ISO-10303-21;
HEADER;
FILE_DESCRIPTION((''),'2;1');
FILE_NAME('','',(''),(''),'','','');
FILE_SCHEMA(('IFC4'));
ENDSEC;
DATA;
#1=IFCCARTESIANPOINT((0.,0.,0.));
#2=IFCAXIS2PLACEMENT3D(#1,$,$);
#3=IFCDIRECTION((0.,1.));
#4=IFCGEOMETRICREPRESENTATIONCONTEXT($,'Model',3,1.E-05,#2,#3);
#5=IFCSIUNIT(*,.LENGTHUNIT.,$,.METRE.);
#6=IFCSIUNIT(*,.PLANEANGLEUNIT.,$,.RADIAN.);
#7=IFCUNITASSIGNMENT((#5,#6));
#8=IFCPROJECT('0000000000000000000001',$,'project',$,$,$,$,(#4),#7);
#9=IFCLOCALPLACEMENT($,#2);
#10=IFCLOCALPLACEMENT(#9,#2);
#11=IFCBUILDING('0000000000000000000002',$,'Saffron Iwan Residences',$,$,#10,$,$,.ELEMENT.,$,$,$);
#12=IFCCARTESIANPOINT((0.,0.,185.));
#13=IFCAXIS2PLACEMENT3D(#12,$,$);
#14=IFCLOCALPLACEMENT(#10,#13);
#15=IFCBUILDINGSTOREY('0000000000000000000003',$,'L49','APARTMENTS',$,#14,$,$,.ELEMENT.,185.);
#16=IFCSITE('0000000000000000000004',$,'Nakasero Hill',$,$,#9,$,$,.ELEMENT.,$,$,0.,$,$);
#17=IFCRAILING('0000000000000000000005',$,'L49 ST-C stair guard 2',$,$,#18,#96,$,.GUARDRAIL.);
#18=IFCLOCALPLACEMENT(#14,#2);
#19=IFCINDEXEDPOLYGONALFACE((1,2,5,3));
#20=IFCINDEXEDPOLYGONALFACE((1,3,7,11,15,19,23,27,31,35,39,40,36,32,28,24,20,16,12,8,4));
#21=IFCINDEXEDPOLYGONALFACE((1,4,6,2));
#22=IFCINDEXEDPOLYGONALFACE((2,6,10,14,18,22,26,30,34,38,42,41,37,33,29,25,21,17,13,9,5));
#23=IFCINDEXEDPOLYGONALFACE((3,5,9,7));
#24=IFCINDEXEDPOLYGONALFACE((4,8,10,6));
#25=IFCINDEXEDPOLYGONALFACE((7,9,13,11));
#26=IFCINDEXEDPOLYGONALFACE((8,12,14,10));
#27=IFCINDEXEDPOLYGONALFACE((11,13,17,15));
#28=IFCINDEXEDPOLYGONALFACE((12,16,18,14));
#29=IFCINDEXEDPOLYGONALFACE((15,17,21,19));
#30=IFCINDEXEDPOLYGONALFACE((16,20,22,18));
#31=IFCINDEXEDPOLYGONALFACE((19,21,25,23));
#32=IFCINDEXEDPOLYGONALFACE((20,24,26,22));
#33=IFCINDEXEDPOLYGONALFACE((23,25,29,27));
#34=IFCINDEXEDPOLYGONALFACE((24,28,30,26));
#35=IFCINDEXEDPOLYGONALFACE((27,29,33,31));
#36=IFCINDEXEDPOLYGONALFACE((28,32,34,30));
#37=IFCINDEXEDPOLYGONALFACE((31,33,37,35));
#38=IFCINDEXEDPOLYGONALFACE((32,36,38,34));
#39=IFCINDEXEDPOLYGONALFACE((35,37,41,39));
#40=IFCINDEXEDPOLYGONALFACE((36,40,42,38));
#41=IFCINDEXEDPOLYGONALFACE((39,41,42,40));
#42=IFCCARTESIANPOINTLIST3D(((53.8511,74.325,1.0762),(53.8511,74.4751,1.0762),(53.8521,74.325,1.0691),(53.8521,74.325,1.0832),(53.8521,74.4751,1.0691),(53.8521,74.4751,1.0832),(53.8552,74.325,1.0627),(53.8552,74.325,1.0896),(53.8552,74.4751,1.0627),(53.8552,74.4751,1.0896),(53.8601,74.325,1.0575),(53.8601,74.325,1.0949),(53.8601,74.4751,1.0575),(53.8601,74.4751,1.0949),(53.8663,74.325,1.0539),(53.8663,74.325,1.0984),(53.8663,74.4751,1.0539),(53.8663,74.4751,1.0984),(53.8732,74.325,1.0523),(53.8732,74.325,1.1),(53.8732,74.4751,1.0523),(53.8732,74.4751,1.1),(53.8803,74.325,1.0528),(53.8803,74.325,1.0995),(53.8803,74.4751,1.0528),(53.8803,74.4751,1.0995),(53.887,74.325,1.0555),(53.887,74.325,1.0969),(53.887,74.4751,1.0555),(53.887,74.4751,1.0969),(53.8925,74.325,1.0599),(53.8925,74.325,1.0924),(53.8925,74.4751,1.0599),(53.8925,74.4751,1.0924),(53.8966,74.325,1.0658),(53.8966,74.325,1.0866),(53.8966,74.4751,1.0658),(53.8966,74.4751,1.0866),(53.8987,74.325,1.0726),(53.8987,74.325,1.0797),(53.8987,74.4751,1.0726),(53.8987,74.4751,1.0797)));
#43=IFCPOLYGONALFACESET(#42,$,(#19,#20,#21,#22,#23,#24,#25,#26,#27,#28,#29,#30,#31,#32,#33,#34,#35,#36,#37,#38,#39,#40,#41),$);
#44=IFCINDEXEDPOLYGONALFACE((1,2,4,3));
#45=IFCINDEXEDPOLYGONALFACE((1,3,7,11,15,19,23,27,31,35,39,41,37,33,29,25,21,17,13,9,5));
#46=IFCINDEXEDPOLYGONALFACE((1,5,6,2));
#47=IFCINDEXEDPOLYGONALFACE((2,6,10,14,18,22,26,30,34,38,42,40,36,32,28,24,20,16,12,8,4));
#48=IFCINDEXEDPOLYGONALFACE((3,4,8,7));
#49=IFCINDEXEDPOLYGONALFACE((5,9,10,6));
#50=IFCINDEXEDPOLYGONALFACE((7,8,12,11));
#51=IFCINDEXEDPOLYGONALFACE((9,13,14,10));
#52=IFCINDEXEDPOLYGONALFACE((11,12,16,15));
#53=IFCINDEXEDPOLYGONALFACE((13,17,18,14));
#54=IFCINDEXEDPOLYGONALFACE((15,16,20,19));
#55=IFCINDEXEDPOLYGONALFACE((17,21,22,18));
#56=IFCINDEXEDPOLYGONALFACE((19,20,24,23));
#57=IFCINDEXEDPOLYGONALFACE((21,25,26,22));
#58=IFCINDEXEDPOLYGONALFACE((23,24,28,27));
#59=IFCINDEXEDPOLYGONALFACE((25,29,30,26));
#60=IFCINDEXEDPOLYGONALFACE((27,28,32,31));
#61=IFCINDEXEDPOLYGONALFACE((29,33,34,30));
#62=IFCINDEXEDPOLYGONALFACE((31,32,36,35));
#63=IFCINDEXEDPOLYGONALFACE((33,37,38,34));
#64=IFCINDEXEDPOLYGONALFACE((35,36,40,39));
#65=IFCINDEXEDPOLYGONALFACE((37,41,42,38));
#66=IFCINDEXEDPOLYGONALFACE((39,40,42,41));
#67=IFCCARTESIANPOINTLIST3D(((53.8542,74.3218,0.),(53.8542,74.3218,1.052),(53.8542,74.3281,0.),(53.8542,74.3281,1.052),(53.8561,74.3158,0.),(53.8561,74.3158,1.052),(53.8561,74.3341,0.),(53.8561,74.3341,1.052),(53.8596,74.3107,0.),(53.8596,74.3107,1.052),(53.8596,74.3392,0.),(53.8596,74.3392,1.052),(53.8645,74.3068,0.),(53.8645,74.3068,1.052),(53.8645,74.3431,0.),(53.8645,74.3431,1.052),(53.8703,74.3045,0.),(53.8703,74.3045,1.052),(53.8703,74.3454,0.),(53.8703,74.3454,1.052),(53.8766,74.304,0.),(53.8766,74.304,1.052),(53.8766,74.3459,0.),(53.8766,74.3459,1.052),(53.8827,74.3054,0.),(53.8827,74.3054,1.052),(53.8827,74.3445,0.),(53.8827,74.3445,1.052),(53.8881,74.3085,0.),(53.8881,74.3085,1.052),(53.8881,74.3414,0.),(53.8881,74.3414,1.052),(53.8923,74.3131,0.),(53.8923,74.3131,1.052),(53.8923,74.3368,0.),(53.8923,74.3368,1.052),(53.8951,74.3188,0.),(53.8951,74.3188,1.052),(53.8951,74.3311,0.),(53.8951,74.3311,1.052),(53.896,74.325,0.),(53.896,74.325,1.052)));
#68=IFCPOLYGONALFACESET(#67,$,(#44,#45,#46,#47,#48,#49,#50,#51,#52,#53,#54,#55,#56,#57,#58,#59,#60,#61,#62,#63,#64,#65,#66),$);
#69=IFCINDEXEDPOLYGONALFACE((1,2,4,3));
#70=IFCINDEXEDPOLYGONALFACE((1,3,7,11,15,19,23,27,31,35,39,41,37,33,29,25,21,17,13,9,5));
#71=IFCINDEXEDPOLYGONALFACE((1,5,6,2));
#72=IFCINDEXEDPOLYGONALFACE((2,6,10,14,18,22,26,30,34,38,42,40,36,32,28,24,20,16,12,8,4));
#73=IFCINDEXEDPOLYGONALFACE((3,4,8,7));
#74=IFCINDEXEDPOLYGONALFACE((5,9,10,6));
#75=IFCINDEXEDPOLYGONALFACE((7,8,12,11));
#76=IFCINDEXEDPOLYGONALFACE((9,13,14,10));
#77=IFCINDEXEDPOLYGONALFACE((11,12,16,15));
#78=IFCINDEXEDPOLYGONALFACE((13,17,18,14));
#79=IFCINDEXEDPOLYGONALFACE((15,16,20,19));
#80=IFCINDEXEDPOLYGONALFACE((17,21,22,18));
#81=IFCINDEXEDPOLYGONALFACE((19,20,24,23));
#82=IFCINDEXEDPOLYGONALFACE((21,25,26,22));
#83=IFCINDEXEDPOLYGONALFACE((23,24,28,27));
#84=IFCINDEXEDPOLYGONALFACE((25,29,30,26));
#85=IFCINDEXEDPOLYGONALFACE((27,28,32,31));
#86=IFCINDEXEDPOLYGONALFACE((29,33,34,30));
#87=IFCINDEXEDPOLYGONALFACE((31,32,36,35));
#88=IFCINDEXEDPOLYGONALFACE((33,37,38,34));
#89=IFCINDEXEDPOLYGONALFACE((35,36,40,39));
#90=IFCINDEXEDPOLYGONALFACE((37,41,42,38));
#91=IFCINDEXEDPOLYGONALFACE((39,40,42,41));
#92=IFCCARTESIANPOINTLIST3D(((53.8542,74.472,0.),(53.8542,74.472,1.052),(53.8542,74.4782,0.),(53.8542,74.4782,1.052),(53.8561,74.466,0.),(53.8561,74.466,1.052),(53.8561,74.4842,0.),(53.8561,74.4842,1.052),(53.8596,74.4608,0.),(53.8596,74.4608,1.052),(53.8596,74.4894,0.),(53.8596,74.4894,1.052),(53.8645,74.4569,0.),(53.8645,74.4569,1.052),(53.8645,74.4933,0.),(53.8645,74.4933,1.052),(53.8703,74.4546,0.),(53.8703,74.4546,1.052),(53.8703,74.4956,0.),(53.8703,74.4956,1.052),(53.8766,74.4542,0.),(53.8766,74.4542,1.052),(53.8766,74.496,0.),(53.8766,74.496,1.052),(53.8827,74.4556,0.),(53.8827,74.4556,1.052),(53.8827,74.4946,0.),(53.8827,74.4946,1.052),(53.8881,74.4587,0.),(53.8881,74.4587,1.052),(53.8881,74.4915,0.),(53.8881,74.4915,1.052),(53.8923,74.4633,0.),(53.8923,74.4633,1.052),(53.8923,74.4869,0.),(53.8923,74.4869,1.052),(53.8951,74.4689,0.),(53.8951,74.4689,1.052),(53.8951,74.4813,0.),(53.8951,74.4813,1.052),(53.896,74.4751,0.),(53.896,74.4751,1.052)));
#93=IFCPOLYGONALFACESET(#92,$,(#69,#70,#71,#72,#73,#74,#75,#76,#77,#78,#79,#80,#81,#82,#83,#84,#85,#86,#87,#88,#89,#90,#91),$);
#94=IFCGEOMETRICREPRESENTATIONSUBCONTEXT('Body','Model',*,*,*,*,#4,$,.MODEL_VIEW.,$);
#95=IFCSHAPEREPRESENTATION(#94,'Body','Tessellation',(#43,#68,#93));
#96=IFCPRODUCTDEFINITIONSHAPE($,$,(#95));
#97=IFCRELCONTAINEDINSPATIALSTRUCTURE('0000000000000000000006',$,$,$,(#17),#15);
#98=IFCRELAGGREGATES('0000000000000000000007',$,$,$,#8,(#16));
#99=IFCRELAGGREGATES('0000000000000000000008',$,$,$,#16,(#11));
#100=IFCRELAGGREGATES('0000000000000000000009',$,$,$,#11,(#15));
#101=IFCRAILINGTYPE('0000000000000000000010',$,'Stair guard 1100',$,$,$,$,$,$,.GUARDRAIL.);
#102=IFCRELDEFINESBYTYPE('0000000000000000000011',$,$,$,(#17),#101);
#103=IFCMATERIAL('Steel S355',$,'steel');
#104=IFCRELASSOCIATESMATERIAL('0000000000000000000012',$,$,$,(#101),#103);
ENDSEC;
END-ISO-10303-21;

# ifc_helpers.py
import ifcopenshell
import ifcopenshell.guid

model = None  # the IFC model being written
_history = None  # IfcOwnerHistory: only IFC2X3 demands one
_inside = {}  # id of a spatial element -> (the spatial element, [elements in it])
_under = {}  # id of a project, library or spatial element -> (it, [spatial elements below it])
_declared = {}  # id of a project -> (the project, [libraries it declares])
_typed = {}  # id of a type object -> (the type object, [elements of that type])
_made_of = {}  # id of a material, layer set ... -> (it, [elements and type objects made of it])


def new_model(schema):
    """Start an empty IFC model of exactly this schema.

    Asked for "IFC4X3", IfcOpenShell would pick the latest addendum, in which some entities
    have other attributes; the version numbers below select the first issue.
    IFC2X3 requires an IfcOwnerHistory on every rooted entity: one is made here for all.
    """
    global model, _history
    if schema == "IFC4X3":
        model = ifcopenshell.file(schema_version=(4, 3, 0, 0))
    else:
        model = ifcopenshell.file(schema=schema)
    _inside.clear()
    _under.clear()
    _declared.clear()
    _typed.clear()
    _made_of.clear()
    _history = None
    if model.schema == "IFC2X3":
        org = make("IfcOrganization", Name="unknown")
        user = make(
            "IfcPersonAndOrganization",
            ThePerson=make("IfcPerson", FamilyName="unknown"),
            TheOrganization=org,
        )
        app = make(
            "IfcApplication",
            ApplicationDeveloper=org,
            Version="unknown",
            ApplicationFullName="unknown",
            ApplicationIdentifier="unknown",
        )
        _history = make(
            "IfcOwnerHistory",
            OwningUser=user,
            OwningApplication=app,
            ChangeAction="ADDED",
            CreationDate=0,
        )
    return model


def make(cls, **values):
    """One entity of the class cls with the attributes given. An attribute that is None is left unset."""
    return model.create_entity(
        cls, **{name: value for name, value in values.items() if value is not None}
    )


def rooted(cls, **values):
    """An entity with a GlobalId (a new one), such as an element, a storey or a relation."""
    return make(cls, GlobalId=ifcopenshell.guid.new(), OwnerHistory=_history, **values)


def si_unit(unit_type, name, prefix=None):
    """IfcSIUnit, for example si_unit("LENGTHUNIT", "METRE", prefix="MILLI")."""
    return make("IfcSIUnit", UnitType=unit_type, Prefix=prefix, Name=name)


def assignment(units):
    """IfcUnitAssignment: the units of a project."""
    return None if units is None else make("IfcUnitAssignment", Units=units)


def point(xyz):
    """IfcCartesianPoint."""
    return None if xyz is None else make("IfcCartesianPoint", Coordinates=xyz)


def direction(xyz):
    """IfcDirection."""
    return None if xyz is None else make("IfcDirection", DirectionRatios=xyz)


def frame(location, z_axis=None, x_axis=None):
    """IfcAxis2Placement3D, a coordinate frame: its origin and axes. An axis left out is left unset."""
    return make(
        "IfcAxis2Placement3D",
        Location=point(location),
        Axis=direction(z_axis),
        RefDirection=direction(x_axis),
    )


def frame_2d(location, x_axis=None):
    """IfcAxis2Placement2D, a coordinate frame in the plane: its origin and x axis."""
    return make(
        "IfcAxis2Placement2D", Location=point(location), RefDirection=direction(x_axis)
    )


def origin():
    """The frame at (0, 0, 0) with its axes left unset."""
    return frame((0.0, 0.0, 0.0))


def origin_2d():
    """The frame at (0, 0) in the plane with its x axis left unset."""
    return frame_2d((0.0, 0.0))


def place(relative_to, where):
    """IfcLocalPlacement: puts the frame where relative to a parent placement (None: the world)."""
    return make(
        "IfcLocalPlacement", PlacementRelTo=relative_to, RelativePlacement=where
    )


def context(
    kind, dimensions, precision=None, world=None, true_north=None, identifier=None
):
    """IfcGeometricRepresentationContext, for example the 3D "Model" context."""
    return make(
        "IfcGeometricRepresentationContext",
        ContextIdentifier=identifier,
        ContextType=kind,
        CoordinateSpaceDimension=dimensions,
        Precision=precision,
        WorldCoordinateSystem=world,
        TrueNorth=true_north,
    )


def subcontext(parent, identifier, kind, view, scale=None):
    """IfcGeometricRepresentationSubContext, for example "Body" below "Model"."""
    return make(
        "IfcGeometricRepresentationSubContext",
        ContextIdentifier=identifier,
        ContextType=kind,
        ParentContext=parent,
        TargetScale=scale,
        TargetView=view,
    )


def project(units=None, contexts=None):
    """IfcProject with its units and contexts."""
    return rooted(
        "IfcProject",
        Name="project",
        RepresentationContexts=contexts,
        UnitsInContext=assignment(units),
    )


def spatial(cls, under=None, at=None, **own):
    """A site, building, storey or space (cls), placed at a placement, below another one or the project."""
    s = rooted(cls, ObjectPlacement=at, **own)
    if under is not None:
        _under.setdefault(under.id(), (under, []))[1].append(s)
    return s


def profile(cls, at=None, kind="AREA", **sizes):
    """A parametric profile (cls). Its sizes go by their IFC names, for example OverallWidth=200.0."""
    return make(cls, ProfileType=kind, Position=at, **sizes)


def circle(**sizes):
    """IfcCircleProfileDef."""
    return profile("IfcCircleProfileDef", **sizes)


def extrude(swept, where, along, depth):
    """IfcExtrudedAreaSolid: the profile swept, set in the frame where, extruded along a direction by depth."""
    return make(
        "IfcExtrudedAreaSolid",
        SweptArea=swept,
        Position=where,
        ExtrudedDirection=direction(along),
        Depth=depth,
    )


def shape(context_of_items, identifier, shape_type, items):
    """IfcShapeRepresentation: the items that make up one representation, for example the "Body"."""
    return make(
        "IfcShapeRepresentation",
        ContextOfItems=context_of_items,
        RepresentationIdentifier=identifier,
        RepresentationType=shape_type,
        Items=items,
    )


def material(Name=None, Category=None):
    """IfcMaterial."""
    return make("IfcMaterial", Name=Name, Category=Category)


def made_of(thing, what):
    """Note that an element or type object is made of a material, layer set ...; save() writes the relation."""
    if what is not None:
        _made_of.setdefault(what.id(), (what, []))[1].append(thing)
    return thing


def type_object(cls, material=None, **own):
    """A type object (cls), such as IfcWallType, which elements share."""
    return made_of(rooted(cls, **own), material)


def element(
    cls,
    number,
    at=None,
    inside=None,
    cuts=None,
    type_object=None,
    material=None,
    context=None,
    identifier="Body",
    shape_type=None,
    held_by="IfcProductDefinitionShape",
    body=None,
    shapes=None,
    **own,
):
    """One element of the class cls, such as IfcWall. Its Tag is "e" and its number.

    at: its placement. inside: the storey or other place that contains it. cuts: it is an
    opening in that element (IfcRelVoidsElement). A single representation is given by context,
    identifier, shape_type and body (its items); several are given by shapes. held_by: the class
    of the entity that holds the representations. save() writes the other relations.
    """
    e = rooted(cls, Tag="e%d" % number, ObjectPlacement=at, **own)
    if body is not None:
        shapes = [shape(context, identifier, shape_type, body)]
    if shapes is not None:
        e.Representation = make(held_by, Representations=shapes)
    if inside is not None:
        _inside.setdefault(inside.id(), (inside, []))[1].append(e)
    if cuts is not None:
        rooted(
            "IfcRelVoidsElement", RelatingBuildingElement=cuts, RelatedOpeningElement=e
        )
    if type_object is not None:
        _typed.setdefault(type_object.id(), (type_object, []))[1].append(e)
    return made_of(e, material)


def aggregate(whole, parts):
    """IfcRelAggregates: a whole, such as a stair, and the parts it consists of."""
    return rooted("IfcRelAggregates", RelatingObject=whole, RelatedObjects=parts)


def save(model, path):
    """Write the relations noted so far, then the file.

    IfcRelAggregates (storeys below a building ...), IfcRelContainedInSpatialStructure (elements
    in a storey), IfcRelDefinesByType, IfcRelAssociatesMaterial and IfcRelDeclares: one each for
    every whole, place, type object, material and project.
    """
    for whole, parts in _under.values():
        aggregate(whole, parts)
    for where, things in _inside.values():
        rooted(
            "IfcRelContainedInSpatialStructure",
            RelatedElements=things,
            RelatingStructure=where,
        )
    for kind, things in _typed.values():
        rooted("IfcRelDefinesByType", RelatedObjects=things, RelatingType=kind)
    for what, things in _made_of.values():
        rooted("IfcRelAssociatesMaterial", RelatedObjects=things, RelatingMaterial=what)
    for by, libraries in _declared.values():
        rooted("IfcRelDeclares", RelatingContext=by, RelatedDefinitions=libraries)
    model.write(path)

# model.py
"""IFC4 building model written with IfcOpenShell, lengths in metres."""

from ifc_helpers import new_model, si_unit, direction, frame, origin, origin_2d, place, context, subcontext, project, spatial, circle, extrude, material, type_object, element, save


model = new_model("IFC4")

# Units and contexts
model_context = context("Model", 3, precision=1e-05, world=origin(), true_north=direction((0.0, 1.0)))
body_context = subcontext(model_context, "Body", "Model", "MODEL_VIEW")
ifc_project = project(units=[si_unit("LENGTHUNIT", "METRE"), si_unit("PLANEANGLEUNIT", "RADIAN")], contexts=[model_context])

# Site, building, storey
site_placement = place(None, origin())
site = spatial("IfcSite", under=ifc_project, at=site_placement, Name="Nakasero Hill", CompositionType="ELEMENT", RefElevation=0.0)
building_placement = place(site_placement, origin())
building = spatial("IfcBuilding", under=site, at=building_placement, Name="Saffron Iwan Residences", CompositionType="ELEMENT")
storey_placement = place(building_placement, frame((0.0, 0.0, 185.0)))
storey = spatial("IfcBuildingStorey", under=building, at=storey_placement, Name="L49", Description="APARTMENTS", CompositionType="ELEMENT", Elevation=185.0)

# Railing
ifc_material_1 = material(Name="Steel S355", Category="steel")
railing_type_1 = type_object("IfcRailingType", Name="Stair guard 1100", PredefinedType="GUARDRAIL", material=ifc_material_1)
railing_1_placement = place(storey_placement, frame((53.875, 74.325, 0.0)))
element("IfcRailing", 1, at=railing_1_placement, inside=storey, type_object=railing_type_1, Name="L49 ST-C stair guard 2", PredefinedType="GUARDRAIL", context=body_context, shape_type="SweptSolid", body=[
    extrude(circle(Radius=0.0239, at=origin_2d()), frame((0.0, 0.0, 1.0762), z_axis=(0.0, 1.0, 0.0), x_axis=(-1.0, 0.0, 0.0)), (0.0, 0.0, 1.0), 0.1501),
    extrude(circle(Radius=0.021, at=origin_2d()), origin(), (0.0, 0.0, 1.0), 1.052),
    extrude(circle(Radius=0.021, at=origin_2d()), frame((0.0, 0.1501, 0.0)), (0.0, 0.0, 1.0), 1.052),
])

save(model, "model.ifc")
